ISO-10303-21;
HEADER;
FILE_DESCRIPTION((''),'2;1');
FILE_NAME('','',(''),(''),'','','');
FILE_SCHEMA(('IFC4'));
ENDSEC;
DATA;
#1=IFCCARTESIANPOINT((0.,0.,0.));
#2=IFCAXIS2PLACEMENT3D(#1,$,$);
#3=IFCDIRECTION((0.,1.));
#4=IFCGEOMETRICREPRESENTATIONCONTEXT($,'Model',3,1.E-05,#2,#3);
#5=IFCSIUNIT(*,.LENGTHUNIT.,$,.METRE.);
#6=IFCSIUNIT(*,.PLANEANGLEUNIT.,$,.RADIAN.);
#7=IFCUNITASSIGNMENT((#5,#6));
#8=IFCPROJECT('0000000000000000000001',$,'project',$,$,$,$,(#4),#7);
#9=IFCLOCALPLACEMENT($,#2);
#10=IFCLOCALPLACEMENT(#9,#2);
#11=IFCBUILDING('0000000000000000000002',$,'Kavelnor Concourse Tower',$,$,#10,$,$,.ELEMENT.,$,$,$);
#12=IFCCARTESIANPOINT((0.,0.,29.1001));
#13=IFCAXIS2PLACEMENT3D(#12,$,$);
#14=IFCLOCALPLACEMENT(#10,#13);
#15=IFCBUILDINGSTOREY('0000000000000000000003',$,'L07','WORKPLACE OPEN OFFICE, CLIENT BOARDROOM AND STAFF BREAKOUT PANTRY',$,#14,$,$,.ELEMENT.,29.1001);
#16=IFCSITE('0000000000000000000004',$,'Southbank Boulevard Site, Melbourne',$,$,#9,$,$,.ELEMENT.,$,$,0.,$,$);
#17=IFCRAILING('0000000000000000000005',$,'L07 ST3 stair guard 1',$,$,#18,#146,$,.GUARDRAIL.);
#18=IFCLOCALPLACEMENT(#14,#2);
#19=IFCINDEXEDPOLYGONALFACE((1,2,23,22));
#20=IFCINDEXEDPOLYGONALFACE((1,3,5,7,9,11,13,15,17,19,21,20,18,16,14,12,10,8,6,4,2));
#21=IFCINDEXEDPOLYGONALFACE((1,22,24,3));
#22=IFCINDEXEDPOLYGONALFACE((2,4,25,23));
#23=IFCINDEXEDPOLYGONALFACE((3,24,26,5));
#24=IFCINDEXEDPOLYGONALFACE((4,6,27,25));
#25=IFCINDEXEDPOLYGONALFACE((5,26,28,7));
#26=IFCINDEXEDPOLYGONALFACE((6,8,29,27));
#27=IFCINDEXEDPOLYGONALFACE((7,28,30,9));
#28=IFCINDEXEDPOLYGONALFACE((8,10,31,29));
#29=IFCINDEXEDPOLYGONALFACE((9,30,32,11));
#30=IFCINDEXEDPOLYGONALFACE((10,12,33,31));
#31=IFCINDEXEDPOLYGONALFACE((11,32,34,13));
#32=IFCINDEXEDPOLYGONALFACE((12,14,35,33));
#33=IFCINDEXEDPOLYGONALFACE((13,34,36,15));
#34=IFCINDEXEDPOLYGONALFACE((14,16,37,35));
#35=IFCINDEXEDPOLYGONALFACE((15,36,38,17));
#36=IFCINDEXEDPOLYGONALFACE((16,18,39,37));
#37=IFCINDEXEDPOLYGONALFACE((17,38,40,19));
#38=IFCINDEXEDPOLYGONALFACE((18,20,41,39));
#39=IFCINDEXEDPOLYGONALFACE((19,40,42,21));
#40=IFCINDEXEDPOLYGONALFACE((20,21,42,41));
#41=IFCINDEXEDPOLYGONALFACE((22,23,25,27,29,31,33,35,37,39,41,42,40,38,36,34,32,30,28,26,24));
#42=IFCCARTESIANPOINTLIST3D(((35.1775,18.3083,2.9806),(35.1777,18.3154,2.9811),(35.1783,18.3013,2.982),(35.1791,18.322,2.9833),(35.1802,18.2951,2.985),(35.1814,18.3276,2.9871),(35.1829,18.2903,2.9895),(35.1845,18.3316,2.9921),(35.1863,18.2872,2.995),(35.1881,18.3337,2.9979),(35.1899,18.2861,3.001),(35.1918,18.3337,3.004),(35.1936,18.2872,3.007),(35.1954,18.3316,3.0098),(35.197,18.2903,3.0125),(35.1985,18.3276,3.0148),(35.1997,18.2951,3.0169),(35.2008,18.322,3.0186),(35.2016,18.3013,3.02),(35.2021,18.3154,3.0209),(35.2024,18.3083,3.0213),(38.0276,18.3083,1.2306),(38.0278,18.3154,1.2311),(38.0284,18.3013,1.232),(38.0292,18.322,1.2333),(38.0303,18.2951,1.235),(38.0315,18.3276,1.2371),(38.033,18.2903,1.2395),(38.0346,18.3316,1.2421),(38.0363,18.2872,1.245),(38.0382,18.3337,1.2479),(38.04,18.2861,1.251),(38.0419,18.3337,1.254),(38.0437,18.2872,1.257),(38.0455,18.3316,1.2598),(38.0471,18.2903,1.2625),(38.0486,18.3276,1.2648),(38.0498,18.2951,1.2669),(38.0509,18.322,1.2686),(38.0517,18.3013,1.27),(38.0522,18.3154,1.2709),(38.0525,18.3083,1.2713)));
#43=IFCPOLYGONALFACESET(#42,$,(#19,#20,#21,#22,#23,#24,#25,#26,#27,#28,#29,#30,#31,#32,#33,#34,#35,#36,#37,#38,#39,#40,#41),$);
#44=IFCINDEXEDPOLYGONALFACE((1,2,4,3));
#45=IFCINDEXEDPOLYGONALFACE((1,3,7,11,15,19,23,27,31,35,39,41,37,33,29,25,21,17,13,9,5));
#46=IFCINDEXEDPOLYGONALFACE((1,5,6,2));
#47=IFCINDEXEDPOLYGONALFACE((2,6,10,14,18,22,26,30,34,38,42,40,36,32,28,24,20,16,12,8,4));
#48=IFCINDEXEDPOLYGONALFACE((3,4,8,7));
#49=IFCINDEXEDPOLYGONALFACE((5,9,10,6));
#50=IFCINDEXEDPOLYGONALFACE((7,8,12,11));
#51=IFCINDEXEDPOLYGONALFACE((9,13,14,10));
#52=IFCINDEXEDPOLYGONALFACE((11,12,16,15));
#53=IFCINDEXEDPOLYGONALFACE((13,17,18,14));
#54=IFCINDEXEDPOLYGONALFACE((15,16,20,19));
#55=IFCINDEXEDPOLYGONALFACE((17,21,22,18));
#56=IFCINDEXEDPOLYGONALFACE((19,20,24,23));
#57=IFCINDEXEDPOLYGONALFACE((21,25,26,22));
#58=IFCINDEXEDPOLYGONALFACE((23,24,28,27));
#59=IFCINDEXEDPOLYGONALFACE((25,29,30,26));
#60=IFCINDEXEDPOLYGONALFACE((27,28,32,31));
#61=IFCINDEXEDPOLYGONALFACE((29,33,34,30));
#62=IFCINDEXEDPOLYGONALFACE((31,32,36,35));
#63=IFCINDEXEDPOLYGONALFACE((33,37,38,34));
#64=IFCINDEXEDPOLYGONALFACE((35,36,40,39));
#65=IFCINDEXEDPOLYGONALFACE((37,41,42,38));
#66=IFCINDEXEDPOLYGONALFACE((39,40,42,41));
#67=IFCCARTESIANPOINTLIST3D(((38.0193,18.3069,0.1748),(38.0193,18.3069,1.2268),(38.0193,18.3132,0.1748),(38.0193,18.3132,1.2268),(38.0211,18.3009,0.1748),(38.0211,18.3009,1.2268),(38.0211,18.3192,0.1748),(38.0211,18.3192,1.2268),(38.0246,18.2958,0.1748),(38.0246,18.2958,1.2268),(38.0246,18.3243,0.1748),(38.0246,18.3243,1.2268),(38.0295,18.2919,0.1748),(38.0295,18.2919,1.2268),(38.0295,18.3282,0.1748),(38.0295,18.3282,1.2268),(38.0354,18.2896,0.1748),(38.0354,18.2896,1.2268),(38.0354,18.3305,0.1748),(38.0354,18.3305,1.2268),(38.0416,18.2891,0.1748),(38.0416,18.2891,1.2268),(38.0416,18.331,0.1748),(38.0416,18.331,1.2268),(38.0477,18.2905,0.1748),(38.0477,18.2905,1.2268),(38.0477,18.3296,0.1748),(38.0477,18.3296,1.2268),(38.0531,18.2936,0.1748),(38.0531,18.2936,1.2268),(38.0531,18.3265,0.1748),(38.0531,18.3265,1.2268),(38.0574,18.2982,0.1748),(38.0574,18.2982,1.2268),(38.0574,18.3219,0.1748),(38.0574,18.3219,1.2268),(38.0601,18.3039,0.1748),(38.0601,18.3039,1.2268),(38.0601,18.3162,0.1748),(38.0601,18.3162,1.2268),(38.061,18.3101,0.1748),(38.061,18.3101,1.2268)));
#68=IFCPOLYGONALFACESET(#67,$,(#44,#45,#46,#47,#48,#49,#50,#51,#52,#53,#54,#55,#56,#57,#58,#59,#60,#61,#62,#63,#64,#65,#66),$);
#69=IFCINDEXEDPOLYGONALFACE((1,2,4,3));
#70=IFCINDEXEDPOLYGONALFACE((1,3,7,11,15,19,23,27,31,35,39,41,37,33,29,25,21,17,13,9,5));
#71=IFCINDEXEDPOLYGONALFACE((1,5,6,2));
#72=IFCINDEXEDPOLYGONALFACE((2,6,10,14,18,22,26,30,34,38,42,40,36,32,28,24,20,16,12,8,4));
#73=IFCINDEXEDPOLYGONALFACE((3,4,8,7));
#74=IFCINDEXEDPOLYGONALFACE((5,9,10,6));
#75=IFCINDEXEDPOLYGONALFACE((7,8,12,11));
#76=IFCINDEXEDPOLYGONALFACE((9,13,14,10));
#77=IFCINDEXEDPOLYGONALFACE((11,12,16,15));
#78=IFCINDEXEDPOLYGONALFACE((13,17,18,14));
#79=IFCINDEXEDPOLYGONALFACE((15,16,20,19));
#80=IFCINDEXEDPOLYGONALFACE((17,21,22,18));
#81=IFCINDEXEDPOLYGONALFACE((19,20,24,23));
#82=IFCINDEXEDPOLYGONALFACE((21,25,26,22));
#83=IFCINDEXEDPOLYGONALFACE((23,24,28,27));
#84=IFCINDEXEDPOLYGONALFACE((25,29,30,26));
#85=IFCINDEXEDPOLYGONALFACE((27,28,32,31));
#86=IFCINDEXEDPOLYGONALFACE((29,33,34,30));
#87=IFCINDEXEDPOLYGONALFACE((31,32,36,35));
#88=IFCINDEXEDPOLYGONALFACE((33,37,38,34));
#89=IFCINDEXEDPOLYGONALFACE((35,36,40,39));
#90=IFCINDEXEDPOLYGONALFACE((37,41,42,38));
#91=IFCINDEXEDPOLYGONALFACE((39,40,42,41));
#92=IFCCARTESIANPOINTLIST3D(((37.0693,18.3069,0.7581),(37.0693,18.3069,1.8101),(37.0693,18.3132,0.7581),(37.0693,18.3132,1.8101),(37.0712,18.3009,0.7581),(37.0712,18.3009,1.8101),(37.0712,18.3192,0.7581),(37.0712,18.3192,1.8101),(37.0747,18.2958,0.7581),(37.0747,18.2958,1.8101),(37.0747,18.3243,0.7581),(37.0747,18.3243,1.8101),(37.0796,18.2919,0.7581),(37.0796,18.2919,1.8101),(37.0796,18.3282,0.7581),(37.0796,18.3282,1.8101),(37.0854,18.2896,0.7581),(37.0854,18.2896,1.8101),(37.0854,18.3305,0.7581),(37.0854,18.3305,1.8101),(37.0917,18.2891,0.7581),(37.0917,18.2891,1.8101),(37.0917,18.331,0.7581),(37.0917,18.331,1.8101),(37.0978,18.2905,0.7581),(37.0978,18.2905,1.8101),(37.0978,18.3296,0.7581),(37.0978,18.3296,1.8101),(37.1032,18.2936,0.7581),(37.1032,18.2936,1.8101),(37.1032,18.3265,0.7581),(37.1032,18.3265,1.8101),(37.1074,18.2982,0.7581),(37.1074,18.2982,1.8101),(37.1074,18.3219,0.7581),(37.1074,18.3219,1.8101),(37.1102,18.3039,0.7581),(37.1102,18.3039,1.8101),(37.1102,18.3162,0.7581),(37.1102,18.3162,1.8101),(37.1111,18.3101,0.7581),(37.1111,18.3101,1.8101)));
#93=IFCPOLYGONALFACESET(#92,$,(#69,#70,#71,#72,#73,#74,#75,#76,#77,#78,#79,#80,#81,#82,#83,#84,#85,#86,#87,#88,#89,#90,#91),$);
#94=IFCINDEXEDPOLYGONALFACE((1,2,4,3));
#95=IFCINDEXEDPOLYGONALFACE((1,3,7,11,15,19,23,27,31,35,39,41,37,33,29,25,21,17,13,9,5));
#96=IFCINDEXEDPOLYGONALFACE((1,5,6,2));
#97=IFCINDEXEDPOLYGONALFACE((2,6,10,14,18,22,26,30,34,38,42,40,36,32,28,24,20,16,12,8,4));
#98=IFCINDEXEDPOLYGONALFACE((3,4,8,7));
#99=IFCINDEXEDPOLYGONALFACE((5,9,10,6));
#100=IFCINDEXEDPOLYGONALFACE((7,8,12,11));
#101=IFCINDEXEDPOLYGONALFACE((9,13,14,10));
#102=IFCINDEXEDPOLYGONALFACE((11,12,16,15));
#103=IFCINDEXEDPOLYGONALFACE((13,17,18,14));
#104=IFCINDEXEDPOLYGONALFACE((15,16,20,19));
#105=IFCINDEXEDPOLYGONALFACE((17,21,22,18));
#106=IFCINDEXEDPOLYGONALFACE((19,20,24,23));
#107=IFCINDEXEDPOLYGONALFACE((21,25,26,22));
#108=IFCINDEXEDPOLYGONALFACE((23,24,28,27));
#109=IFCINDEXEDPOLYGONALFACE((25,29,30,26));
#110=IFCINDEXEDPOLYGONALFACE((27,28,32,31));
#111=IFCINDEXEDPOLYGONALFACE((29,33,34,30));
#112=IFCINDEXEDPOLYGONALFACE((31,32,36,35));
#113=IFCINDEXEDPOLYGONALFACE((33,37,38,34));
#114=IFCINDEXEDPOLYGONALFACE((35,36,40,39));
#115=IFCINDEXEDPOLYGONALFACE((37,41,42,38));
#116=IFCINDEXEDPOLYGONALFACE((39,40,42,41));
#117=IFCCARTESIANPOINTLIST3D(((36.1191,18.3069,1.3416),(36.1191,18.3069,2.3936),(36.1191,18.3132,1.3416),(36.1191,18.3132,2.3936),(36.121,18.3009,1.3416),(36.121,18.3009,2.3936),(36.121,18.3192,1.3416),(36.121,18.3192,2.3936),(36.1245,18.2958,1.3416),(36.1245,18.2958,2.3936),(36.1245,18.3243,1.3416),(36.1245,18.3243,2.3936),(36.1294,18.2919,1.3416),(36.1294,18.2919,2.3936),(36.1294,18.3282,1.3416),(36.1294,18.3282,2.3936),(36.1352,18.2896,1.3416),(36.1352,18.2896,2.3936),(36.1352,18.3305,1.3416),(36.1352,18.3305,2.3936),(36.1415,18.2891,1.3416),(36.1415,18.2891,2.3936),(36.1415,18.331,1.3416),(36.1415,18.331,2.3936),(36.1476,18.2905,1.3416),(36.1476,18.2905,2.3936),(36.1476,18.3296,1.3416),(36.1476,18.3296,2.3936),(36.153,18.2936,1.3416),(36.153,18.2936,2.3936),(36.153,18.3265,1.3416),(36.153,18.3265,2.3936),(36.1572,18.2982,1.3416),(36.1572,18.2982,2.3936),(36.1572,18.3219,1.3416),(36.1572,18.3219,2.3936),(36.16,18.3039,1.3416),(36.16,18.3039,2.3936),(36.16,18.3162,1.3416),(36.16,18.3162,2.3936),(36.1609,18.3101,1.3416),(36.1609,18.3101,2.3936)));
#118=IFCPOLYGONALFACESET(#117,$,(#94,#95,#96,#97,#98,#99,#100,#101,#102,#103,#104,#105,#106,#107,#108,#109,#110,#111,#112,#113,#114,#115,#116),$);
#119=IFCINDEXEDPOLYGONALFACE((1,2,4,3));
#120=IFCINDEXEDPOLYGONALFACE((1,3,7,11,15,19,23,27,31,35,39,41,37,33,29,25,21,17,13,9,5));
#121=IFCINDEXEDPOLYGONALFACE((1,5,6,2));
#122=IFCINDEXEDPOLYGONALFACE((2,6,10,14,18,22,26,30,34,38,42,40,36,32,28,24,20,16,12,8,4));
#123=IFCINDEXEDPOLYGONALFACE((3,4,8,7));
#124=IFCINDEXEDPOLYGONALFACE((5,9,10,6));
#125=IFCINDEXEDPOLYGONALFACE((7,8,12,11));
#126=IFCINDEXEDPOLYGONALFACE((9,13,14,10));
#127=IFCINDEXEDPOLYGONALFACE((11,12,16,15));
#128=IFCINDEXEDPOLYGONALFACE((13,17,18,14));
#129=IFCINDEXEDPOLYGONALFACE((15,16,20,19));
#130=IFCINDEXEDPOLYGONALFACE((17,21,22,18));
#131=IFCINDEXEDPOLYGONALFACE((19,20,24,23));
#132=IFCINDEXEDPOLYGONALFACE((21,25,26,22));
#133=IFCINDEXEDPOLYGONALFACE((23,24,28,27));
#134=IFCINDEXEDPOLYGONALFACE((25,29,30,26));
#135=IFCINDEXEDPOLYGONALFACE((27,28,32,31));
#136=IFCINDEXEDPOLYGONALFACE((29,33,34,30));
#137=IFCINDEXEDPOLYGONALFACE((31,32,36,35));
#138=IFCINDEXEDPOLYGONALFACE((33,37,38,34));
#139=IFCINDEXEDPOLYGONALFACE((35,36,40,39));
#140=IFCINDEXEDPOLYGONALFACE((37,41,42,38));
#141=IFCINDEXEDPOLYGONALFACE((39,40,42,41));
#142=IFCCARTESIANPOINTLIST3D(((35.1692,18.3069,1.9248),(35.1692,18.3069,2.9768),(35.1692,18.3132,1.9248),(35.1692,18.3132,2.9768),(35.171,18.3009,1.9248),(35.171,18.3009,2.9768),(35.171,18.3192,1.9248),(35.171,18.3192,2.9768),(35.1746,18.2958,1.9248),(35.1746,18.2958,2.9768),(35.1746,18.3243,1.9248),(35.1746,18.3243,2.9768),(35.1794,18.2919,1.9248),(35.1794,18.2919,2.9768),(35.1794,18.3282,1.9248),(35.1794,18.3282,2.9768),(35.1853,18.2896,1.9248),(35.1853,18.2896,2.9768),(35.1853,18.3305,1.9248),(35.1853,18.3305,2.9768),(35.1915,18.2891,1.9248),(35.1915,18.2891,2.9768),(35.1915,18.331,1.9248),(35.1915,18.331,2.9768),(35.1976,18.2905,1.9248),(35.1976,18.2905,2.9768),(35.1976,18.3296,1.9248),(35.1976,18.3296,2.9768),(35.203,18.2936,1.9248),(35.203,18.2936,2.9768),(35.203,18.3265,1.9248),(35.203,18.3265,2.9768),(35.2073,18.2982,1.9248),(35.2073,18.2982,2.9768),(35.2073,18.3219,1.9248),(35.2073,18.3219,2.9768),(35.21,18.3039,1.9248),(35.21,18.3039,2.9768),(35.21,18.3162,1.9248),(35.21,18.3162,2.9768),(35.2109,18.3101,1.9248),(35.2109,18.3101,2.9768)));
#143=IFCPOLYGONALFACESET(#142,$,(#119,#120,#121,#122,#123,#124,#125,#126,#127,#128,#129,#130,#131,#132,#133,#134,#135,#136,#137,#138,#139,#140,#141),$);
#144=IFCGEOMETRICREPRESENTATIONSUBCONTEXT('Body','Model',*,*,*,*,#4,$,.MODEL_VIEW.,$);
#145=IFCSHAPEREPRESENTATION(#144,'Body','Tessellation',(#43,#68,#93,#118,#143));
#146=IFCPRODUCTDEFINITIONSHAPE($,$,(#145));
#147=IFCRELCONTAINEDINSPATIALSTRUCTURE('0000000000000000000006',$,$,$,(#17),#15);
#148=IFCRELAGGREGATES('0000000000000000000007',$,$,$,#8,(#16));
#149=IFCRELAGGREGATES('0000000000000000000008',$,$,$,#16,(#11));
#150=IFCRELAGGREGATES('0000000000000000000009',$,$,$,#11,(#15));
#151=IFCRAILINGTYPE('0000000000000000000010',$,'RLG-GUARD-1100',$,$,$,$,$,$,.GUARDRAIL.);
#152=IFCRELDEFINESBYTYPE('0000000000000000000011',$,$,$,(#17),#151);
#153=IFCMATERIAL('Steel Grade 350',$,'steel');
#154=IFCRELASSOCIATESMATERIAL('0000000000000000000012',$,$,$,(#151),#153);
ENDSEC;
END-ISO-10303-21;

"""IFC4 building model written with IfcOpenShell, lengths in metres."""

from ifc_helpers import new_model, si_unit, direction, frame, origin, origin_2d, place, context, subcontext, project, spatial, circle, extrude, material, type_object, element, save


model = new_model("IFC4")

# Units and contexts
model_context = context("Model", 3, precision=1e-05, world=origin(), true_north=direction((0.0, 1.0)))
body_context = subcontext(model_context, "Body", "Model", "MODEL_VIEW")
ifc_project = project(units=[si_unit("LENGTHUNIT", "METRE"), si_unit("PLANEANGLEUNIT", "RADIAN")], contexts=[model_context])

# Site, building, storey
site_placement = place(None, origin())
site = spatial("IfcSite", under=ifc_project, at=site_placement, Name="Southbank Boulevard Site, Melbourne", CompositionType="ELEMENT", RefElevation=0.0)
building_placement = place(site_placement, origin())
building = spatial("IfcBuilding", under=site, at=building_placement, Name="Kavelnor Concourse Tower", CompositionType="ELEMENT")
storey_placement = place(building_placement, frame((0.0, 0.0, 29.1001)))
storey = spatial("IfcBuildingStorey", under=building, at=storey_placement, Name="L07", Description="WORKPLACE OPEN OFFICE, CLIENT BOARDROOM AND STAFF BREAKOUT PANTRY", CompositionType="ELEMENT", Elevation=29.1001)

# Shared definitions
ifc_material_1 = material(Name="Steel Grade 350", Category="steel")

# Railing
railing_type_1 = type_object("IfcRailingType", Name="RLG-GUARD-1100", PredefinedType="GUARDRAIL", material=ifc_material_1)
railing_1_placement = place(storey_placement, frame((38.04, 18.3101, 0.1748)))
element("IfcRailing", 1, at=railing_1_placement, inside=storey, type_object=railing_type_1, Name="L07 ST3 stair guard 1", PredefinedType="GUARDRAIL", context=body_context, shape_type="SweptSolid", body=[
    extrude(circle(Radius=0.0239, at=origin_2d()), frame((0.0, 0.0, 1.0762), z_axis=(-0.852179, 0.0, 0.52325), x_axis=(0.0, -1.0, 0.0)), (0.0, 0.0, 1.0), 3.3445),
    extrude(circle(Radius=0.021, at=origin_2d()), origin(), (0.0, 0.0, 1.0), 1.052),
    extrude(circle(Radius=0.021, at=origin_2d()), frame((-0.95, 0.0, 0.5833)), (0.0, 0.0, 1.0), 1.052),
    extrude(circle(Radius=0.021, at=origin_2d()), frame((-1.9001, 0.0, 1.1667)), (0.0, 0.0, 1.0), 1.052),
    extrude(circle(Radius=0.021, at=origin_2d()), frame((-2.8501, 0.0, 1.75)), (0.0, 0.0, 1.0), 1.052),
])

save(model, "model.ifc")
